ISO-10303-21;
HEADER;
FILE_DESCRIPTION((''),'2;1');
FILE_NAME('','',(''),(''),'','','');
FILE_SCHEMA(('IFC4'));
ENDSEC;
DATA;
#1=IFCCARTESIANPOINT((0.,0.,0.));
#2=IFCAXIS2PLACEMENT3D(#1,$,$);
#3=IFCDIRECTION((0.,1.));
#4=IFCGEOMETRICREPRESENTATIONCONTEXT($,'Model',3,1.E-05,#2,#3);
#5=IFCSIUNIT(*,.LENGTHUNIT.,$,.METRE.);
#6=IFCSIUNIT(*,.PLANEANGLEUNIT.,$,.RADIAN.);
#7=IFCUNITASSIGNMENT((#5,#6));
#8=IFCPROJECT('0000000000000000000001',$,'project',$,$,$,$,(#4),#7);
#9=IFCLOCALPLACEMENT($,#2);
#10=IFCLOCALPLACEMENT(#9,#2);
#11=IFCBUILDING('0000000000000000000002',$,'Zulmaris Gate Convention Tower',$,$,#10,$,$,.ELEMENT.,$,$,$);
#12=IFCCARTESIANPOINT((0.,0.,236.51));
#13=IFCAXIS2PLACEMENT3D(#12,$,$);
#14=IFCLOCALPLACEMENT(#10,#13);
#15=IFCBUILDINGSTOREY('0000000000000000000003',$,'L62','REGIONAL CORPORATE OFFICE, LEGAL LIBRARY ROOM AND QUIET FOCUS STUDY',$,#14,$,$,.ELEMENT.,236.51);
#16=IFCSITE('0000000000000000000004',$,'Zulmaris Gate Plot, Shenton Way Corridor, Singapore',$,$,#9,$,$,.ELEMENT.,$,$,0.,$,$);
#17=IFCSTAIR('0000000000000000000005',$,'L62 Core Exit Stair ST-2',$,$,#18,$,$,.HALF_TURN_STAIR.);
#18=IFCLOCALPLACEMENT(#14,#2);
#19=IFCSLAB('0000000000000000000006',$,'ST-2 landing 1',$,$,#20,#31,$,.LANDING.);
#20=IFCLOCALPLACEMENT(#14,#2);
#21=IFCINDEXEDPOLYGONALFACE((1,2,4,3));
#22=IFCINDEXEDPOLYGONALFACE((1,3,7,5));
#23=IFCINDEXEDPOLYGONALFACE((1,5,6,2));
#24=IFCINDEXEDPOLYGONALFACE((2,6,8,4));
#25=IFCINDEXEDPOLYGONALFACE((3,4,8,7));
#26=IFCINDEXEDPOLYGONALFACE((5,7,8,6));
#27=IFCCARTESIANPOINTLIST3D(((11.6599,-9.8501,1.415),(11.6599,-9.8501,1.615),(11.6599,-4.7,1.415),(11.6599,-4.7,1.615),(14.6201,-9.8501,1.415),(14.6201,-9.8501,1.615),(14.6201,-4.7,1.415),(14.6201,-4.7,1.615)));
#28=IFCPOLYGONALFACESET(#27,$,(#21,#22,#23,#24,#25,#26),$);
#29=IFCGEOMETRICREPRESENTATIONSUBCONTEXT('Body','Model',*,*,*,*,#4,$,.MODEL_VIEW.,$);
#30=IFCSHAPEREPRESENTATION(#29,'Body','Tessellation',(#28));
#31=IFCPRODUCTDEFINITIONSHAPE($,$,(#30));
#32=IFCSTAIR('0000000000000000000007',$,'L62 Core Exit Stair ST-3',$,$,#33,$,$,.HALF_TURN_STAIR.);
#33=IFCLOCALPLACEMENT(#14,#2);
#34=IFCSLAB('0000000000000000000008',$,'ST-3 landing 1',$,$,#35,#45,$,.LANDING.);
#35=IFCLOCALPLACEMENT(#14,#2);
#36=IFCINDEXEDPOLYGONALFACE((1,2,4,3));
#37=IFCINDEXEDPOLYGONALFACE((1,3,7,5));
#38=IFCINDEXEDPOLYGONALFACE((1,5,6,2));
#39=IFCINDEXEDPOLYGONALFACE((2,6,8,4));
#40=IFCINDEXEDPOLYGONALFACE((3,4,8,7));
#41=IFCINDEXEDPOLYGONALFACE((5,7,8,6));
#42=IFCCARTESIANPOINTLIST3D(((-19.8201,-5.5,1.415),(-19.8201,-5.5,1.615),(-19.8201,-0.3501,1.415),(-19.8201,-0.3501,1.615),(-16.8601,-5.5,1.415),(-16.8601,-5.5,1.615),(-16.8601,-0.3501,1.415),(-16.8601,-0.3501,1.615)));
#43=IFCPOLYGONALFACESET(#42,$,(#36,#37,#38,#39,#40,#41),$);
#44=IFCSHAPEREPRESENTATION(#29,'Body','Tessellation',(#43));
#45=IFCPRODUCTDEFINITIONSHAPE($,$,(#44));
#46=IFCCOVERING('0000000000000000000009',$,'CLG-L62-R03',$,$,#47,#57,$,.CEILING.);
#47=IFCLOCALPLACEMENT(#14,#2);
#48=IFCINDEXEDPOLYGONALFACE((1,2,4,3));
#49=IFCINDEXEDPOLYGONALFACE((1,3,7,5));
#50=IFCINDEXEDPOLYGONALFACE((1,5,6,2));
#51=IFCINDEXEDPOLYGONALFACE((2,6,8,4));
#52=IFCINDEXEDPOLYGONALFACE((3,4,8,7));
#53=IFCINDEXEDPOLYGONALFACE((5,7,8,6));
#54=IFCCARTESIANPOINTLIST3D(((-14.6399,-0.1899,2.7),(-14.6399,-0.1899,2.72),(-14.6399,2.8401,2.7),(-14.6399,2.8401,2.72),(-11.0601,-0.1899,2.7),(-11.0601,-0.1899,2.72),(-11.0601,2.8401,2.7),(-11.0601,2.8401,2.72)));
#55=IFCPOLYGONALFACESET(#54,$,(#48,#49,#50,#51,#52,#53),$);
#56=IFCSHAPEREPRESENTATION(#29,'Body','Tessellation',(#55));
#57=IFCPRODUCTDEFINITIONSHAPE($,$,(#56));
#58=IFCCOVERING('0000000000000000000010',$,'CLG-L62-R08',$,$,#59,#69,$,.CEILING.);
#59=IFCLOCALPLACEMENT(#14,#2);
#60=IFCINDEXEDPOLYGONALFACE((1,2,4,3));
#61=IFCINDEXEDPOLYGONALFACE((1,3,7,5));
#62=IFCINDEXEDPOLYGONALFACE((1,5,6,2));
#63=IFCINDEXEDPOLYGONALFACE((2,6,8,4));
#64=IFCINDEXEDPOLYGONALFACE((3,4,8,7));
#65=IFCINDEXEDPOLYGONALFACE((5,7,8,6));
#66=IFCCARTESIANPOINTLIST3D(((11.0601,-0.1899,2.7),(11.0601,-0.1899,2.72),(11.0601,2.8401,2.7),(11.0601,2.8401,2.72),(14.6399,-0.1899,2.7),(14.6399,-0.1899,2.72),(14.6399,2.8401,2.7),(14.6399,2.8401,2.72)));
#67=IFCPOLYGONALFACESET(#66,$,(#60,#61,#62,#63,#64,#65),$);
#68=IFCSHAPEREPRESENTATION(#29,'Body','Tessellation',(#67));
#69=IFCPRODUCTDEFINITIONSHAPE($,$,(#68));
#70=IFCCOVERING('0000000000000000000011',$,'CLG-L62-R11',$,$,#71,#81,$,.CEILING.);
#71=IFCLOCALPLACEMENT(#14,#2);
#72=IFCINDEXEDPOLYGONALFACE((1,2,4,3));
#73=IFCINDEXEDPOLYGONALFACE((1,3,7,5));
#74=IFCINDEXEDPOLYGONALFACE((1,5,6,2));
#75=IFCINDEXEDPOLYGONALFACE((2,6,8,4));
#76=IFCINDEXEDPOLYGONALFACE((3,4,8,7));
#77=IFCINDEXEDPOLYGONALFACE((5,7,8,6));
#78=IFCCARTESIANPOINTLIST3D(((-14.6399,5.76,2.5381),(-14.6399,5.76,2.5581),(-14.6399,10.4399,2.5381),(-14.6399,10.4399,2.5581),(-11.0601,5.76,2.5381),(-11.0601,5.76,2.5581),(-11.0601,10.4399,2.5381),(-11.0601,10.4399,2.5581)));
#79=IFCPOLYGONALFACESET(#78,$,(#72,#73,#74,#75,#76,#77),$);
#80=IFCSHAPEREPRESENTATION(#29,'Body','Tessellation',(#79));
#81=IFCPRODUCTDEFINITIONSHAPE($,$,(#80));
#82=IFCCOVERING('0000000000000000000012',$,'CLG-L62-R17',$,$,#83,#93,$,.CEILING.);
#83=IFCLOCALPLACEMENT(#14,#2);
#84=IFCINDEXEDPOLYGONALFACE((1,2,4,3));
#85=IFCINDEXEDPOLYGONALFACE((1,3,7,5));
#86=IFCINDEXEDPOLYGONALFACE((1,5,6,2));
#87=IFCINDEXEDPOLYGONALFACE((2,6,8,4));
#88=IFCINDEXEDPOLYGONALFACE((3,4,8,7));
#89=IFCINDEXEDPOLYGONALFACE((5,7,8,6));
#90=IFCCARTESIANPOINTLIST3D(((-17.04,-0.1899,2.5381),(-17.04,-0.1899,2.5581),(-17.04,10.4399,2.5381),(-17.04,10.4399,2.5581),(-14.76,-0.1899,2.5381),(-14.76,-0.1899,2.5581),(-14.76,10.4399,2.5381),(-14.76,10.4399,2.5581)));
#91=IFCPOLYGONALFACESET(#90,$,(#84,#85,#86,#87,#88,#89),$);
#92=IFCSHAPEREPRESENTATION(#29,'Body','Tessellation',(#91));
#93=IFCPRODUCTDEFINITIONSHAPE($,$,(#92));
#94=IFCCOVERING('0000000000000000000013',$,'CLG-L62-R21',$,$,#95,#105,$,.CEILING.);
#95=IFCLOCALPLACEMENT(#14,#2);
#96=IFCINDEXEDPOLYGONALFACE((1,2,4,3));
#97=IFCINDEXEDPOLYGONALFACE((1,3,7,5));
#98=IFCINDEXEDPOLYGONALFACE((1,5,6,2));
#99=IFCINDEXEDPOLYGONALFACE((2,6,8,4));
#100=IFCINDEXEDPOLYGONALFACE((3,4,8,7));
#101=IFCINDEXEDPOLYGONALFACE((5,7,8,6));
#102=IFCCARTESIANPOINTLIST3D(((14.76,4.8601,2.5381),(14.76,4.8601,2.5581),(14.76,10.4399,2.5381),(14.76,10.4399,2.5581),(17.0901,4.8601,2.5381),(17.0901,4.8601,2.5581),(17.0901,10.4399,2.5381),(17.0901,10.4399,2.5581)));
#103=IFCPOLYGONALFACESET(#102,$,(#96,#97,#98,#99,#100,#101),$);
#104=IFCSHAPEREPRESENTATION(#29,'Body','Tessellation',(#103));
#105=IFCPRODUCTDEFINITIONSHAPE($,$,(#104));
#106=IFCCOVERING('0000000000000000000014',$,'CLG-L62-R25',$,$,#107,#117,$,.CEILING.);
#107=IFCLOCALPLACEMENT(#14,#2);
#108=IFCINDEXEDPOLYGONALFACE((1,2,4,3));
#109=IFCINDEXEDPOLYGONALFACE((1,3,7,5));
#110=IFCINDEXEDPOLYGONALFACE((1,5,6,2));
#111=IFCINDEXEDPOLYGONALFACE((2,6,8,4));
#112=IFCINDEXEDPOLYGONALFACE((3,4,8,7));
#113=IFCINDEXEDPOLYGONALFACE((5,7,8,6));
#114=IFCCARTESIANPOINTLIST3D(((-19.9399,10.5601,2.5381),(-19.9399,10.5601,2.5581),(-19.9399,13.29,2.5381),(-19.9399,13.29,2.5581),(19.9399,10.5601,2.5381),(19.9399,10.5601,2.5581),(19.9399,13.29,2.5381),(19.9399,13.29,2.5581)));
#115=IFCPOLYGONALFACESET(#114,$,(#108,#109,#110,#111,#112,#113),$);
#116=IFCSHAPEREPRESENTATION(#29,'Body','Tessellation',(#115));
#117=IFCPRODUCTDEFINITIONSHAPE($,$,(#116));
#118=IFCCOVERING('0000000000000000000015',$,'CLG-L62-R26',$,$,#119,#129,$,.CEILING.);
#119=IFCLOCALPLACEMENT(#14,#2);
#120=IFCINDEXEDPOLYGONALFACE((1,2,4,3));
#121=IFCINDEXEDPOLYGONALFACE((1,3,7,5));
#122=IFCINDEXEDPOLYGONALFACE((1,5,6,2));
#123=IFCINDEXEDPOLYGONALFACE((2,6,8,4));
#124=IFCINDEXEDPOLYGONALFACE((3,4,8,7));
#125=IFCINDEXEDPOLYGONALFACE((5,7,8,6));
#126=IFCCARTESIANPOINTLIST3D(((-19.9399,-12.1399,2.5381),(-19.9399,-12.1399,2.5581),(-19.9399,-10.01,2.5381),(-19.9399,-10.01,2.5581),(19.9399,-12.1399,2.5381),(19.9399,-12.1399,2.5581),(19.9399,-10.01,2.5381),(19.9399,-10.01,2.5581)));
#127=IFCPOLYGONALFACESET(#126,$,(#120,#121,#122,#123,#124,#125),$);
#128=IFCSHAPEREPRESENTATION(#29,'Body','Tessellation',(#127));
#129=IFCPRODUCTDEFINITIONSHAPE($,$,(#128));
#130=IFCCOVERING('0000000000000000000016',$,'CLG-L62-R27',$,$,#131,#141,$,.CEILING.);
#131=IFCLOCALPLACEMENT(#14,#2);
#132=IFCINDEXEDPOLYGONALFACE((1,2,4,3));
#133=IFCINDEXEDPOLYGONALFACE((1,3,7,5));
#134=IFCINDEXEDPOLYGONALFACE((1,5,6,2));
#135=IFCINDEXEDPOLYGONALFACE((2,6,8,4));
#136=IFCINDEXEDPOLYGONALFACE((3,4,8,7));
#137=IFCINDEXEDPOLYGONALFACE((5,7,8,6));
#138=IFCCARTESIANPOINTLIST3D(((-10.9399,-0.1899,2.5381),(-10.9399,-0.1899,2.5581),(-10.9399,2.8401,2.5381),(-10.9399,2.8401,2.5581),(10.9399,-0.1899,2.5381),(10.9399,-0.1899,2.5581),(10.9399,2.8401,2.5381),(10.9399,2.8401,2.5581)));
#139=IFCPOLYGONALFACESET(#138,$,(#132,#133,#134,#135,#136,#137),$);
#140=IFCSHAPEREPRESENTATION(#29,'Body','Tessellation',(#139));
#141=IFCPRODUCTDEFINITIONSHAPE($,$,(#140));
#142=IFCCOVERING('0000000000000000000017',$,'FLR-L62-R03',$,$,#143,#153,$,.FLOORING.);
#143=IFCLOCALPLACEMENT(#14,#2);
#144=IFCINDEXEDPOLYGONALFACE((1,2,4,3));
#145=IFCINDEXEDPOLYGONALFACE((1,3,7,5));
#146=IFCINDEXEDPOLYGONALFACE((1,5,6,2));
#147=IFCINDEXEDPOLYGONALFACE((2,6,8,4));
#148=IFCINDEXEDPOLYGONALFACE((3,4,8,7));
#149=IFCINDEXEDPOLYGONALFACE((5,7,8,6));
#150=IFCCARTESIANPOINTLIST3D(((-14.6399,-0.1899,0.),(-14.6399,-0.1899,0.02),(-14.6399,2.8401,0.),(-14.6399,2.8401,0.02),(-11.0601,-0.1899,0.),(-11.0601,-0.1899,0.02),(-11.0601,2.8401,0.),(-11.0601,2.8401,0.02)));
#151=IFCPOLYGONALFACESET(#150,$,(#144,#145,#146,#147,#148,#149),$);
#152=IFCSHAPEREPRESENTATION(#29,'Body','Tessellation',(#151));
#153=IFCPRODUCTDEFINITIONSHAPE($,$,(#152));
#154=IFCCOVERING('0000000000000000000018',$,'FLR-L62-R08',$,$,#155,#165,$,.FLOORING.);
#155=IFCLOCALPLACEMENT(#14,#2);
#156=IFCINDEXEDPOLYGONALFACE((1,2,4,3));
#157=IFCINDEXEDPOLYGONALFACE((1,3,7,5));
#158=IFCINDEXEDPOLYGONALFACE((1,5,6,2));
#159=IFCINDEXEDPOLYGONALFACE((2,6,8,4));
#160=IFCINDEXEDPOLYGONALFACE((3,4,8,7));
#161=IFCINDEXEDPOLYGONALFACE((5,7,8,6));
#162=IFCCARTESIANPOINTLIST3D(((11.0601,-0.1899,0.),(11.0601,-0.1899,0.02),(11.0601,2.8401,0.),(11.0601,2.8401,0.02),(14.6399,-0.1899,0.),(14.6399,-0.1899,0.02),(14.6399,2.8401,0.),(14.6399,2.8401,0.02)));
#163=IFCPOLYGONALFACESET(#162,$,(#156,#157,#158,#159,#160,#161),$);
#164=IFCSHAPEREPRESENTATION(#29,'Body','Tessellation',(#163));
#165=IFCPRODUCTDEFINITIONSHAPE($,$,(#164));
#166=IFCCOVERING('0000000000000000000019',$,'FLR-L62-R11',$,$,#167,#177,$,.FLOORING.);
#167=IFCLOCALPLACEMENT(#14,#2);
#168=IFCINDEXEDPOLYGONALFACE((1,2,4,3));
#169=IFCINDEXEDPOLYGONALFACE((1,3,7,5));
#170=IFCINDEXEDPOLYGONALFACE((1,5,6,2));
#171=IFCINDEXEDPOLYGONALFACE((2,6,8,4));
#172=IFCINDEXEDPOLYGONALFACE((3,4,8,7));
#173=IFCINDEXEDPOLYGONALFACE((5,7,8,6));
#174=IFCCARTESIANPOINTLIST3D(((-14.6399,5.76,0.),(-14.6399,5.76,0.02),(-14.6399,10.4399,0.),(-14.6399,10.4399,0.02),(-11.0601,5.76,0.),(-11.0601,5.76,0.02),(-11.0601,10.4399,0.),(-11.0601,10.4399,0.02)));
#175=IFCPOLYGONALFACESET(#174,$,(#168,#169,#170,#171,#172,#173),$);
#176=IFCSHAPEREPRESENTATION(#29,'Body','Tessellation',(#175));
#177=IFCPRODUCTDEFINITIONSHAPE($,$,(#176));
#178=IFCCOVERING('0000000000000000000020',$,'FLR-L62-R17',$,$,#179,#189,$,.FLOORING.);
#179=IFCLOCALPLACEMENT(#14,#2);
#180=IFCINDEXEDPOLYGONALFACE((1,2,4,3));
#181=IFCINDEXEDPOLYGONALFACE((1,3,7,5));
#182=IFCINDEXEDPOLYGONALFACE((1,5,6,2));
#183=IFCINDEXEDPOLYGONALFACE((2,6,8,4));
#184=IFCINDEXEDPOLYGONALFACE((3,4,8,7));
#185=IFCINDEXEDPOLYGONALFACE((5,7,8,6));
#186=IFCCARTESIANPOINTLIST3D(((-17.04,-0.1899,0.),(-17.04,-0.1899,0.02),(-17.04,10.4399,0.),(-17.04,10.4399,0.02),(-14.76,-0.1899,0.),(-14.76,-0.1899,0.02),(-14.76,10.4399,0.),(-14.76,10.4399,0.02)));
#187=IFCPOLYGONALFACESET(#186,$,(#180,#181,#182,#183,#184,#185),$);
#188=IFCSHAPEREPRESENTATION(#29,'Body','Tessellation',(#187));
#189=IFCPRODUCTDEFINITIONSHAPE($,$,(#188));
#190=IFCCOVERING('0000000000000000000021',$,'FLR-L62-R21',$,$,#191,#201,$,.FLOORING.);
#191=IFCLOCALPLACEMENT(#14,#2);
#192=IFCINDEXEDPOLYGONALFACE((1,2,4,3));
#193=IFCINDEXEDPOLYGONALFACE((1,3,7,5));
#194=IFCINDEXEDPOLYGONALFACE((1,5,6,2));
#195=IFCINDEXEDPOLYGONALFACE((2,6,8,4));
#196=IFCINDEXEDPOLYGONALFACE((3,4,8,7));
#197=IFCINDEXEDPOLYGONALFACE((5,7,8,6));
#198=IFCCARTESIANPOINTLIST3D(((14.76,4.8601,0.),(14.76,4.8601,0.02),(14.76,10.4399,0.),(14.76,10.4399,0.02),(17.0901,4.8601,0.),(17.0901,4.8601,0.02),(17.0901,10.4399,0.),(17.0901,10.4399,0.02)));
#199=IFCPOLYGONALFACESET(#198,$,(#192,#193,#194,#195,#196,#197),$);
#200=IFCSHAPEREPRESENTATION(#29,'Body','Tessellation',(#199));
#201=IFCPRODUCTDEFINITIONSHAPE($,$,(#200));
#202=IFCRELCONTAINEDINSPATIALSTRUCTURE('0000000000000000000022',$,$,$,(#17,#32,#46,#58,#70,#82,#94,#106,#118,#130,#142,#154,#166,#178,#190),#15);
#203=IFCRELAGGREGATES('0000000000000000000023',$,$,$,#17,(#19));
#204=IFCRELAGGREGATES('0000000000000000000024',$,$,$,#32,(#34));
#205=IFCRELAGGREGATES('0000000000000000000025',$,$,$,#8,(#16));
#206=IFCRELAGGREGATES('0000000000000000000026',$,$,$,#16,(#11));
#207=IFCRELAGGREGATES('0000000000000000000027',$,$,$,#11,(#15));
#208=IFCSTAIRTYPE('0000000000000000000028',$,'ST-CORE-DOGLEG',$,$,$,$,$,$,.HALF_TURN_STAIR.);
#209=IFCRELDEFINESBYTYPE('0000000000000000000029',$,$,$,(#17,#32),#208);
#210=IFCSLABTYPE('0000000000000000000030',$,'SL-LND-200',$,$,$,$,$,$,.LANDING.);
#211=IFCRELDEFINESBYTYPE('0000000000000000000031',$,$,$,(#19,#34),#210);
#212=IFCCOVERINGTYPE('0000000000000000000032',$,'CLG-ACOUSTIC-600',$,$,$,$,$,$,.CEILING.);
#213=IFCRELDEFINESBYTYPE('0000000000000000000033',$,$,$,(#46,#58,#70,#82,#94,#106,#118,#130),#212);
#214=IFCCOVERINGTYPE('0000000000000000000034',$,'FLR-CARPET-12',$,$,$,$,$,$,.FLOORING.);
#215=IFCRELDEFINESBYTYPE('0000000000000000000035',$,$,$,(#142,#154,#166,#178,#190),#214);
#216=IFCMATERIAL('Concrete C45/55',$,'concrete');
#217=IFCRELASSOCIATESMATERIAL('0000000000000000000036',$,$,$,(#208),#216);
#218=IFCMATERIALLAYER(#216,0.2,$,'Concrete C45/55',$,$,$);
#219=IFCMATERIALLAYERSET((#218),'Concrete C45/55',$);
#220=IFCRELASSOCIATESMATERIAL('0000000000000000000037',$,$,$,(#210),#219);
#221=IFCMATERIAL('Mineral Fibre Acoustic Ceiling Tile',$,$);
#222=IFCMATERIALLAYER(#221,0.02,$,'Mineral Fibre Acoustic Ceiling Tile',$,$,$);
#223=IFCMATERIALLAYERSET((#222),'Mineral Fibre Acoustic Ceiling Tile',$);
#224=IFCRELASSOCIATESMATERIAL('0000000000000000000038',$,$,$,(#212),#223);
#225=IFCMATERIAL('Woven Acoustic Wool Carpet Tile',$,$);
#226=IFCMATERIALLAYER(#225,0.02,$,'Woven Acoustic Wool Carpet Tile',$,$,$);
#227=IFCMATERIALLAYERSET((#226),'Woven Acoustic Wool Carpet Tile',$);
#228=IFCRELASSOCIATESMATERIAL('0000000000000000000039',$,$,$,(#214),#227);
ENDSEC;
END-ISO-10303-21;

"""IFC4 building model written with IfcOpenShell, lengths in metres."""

from ifc_helpers import new_model, si_unit, direction, frame, origin, place, context, subcontext, project, spatial, polyline, outline, extrude, material, layer, layer_set, type_object, element, aggregate, save


model = new_model("IFC4")

# Units and contexts
model_context = context("Model", 3, precision=1e-05, world=origin(), true_north=direction((0.0, 1.0)))
body_context = subcontext(model_context, "Body", "Model", "MODEL_VIEW")
ifc_project = project(units=[si_unit("LENGTHUNIT", "METRE"), si_unit("PLANEANGLEUNIT", "RADIAN")], contexts=[model_context])

# Site, building, storey
site_placement = place(None, origin())
site = spatial("IfcSite", under=ifc_project, at=site_placement, Name="Zulmaris Gate Plot, Shenton Way Corridor, Singapore", CompositionType="ELEMENT", RefElevation=0.0)
building_placement = place(site_placement, origin())
building = spatial("IfcBuilding", under=site, at=building_placement, Name="Zulmaris Gate Convention Tower", CompositionType="ELEMENT")
storey_placement = place(building_placement, frame((0.0, 0.0, 236.51)))
storey = spatial("IfcBuildingStorey", under=building, at=storey_placement, Name="L62", Description="REGIONAL CORPORATE OFFICE, LEGAL LIBRARY ROOM AND QUIET FOCUS STUDY", CompositionType="ELEMENT", Elevation=236.51)

# Stairs, slabs
ifc_material_1 = material(Name="Concrete C45/55", Category="concrete")
stair_type = type_object("IfcStairType", Name="ST-CORE-DOGLEG", PredefinedType="HALF_TURN_STAIR", material=ifc_material_1)
stair_1_placement = place(storey_placement, origin())
stair_1 = element("IfcStair", 1, at=stair_1_placement, inside=storey, type_object=stair_type, Name="L62 Core Exit Stair ST-2", PredefinedType="HALF_TURN_STAIR")
ifc_layer_1 = layer(ifc_material_1, 0.2, Name="Concrete C45/55")
ifc_layer_set_1 = layer_set([ifc_layer_1], Name="Concrete C45/55")
slab_type = type_object("IfcSlabType", Name="SL-LND-200", PredefinedType="LANDING", material=ifc_layer_set_1)
slab_1_placement = place(storey_placement, frame((0.0, 0.0, 1.415)))
slab_1 = element("IfcSlab", 2, at=slab_1_placement, type_object=slab_type, Name="ST-2 landing 1", PredefinedType="LANDING", context=body_context, shape_type="SweptSolid", body=[
    extrude(outline(polyline([(11.6599, -4.7), (11.6599, -9.8501), (14.6201, -9.8501), (14.6201, -4.7), (11.6599, -4.7)])), origin(), (0.0, 0.0, 1.0), 0.2),
])
aggregate(stair_1, [slab_1])
stair_2_placement = place(storey_placement, origin())
stair_2 = element("IfcStair", 3, at=stair_2_placement, inside=storey, type_object=stair_type, Name="L62 Core Exit Stair ST-3", PredefinedType="HALF_TURN_STAIR")
slab_2_placement = place(storey_placement, frame((0.0, 0.0, 1.415)))
slab_2 = element("IfcSlab", 4, at=slab_2_placement, type_object=slab_type, Name="ST-3 landing 1", PredefinedType="LANDING", context=body_context, shape_type="SweptSolid", body=[
    extrude(outline(polyline([(-16.8601, -5.5), (-16.8601, -0.3501), (-19.8201, -0.3501), (-19.8201, -5.5), (-16.8601, -5.5)])), origin(), (0.0, 0.0, 1.0), 0.2),
])
aggregate(stair_2, [slab_2])

# Coverings
ifc_material_2 = material(Name="Mineral Fibre Acoustic Ceiling Tile")
ifc_layer_2 = layer(ifc_material_2, 0.02, Name="Mineral Fibre Acoustic Ceiling Tile")
ifc_layer_set_2 = layer_set([ifc_layer_2], Name="Mineral Fibre Acoustic Ceiling Tile")
covering_type_1 = type_object("IfcCoveringType", Name="CLG-ACOUSTIC-600", PredefinedType="CEILING", material=ifc_layer_set_2)
covering_1_placement = place(storey_placement, frame((0.0, 0.0, 2.7)))
element("IfcCovering", 5, at=covering_1_placement, inside=storey, type_object=covering_type_1, Name="CLG-L62-R03", PredefinedType="CEILING", context=body_context, shape_type="SweptSolid", body=[
    extrude(outline(polyline([(-14.6399, -0.1899), (-11.0601, -0.1899), (-11.0601, 2.8401), (-14.6399, 2.8401), (-14.6399, -0.1899)])), origin(), (0.0, 0.0, 1.0), 0.02),
])
covering_2_placement = place(storey_placement, frame((0.0, 0.0, 2.7)))
element("IfcCovering", 6, at=covering_2_placement, inside=storey, type_object=covering_type_1, Name="CLG-L62-R08", PredefinedType="CEILING", context=body_context, shape_type="SweptSolid", body=[
    extrude(outline(polyline([(11.0601, -0.1899), (14.6399, -0.1899), (14.6399, 2.8401), (11.0601, 2.8401), (11.0601, -0.1899)])), origin(), (0.0, 0.0, 1.0), 0.02),
])
covering_3_placement = place(storey_placement, frame((0.0, 0.0, 2.5381)))
element("IfcCovering", 7, at=covering_3_placement, inside=storey, type_object=covering_type_1, Name="CLG-L62-R11", PredefinedType="CEILING", context=body_context, shape_type="SweptSolid", body=[
    extrude(outline(polyline([(-14.6399, 5.76), (-11.0601, 5.76), (-11.0601, 10.4399), (-14.6399, 10.4399), (-14.6399, 5.76)])), origin(), (0.0, 0.0, 1.0), 0.02),
])
covering_4_placement = place(storey_placement, frame((0.0, 0.0, 2.5381)))
element("IfcCovering", 8, at=covering_4_placement, inside=storey, type_object=covering_type_1, Name="CLG-L62-R17", PredefinedType="CEILING", context=body_context, shape_type="SweptSolid", body=[
    extrude(outline(polyline([(-17.04, -0.1899), (-14.76, -0.1899), (-14.76, 10.4399), (-17.04, 10.4399), (-17.04, -0.1899)])), origin(), (0.0, 0.0, 1.0), 0.02),
])
covering_5_placement = place(storey_placement, frame((0.0, 0.0, 2.5381)))
element("IfcCovering", 9, at=covering_5_placement, inside=storey, type_object=covering_type_1, Name="CLG-L62-R21", PredefinedType="CEILING", context=body_context, shape_type="SweptSolid", body=[
    extrude(outline(polyline([(14.76, 4.8601), (17.0901, 4.8601), (17.0901, 10.4399), (14.76, 10.4399), (14.76, 4.8601)])), origin(), (0.0, 0.0, 1.0), 0.02),
])
covering_6_placement = place(storey_placement, frame((0.0, 0.0, 2.5381)))
element("IfcCovering", 10, at=covering_6_placement, inside=storey, type_object=covering_type_1, Name="CLG-L62-R25", PredefinedType="CEILING", context=body_context, shape_type="SweptSolid", body=[
    extrude(outline(polyline([(-19.9399, 10.5601), (19.9399, 10.5601), (19.9399, 13.29), (-19.9399, 13.29), (-19.9399, 10.5601)])), origin(), (0.0, 0.0, 1.0), 0.02),
])
covering_7_placement = place(storey_placement, frame((0.0, 0.0, 2.5381)))
element("IfcCovering", 11, at=covering_7_placement, inside=storey, type_object=covering_type_1, Name="CLG-L62-R26", PredefinedType="CEILING", context=body_context, shape_type="SweptSolid", body=[
    extrude(outline(polyline([(-19.9399, -12.1399), (19.9399, -12.1399), (19.9399, -10.01), (-19.9399, -10.01), (-19.9399, -12.1399)])), origin(), (0.0, 0.0, 1.0), 0.02),
])
covering_8_placement = place(storey_placement, frame((0.0, 0.0, 2.5381)))
element("IfcCovering", 12, at=covering_8_placement, inside=storey, type_object=covering_type_1, Name="CLG-L62-R27", PredefinedType="CEILING", context=body_context, shape_type="SweptSolid", body=[
    extrude(outline(polyline([(-10.9399, -0.1899), (10.9399, -0.1899), (10.9399, 2.8401), (-10.9399, 2.8401), (-10.9399, -0.1899)])), origin(), (0.0, 0.0, 1.0), 0.02),
])
ifc_material_3 = material(Name="Woven Acoustic Wool Carpet Tile")
ifc_layer_3 = layer(ifc_material_3, 0.02, Name="Woven Acoustic Wool Carpet Tile")
ifc_layer_set_3 = layer_set([ifc_layer_3], Name="Woven Acoustic Wool Carpet Tile")
covering_type_2 = type_object("IfcCoveringType", Name="FLR-CARPET-12", PredefinedType="FLOORING", material=ifc_layer_set_3)
covering_9_placement = place(storey_placement, origin())
element("IfcCovering", 13, at=covering_9_placement, inside=storey, type_object=covering_type_2, Name="FLR-L62-R03", PredefinedType="FLOORING", context=body_context, shape_type="SweptSolid", body=[
    extrude(outline(polyline([(-14.6399, -0.1899), (-11.0601, -0.1899), (-11.0601, 2.8401), (-14.6399, 2.8401), (-14.6399, -0.1899)])), origin(), (0.0, 0.0, 1.0), 0.02),
])
covering_10_placement = place(storey_placement, origin())
element("IfcCovering", 14, at=covering_10_placement, inside=storey, type_object=covering_type_2, Name="FLR-L62-R08", PredefinedType="FLOORING", context=body_context, shape_type="SweptSolid", body=[
    extrude(outline(polyline([(11.0601, -0.1899), (14.6399, -0.1899), (14.6399, 2.8401), (11.0601, 2.8401), (11.0601, -0.1899)])), origin(), (0.0, 0.0, 1.0), 0.02),
])
covering_11_placement = place(storey_placement, origin())
element("IfcCovering", 15, at=covering_11_placement, inside=storey, type_object=covering_type_2, Name="FLR-L62-R11", PredefinedType="FLOORING", context=body_context, shape_type="SweptSolid", body=[
    extrude(outline(polyline([(-14.6399, 5.76), (-11.0601, 5.76), (-11.0601, 10.4399), (-14.6399, 10.4399), (-14.6399, 5.76)])), origin(), (0.0, 0.0, 1.0), 0.02),
])
covering_12_placement = place(storey_placement, origin())
element("IfcCovering", 16, at=covering_12_placement, inside=storey, type_object=covering_type_2, Name="FLR-L62-R17", PredefinedType="FLOORING", context=body_context, shape_type="SweptSolid", body=[
    extrude(outline(polyline([(-17.04, -0.1899), (-14.76, -0.1899), (-14.76, 10.4399), (-17.04, 10.4399), (-17.04, -0.1899)])), origin(), (0.0, 0.0, 1.0), 0.02),
])
covering_13_placement = place(storey_placement, origin())
element("IfcCovering", 17, at=covering_13_placement, inside=storey, type_object=covering_type_2, Name="FLR-L62-R21", PredefinedType="FLOORING", context=body_context, shape_type="SweptSolid", body=[
    extrude(outline(polyline([(14.76, 4.8601), (17.0901, 4.8601), (17.0901, 10.4399), (14.76, 10.4399), (14.76, 4.8601)])), origin(), (0.0, 0.0, 1.0), 0.02),
])

save(model, "model.ifc")
